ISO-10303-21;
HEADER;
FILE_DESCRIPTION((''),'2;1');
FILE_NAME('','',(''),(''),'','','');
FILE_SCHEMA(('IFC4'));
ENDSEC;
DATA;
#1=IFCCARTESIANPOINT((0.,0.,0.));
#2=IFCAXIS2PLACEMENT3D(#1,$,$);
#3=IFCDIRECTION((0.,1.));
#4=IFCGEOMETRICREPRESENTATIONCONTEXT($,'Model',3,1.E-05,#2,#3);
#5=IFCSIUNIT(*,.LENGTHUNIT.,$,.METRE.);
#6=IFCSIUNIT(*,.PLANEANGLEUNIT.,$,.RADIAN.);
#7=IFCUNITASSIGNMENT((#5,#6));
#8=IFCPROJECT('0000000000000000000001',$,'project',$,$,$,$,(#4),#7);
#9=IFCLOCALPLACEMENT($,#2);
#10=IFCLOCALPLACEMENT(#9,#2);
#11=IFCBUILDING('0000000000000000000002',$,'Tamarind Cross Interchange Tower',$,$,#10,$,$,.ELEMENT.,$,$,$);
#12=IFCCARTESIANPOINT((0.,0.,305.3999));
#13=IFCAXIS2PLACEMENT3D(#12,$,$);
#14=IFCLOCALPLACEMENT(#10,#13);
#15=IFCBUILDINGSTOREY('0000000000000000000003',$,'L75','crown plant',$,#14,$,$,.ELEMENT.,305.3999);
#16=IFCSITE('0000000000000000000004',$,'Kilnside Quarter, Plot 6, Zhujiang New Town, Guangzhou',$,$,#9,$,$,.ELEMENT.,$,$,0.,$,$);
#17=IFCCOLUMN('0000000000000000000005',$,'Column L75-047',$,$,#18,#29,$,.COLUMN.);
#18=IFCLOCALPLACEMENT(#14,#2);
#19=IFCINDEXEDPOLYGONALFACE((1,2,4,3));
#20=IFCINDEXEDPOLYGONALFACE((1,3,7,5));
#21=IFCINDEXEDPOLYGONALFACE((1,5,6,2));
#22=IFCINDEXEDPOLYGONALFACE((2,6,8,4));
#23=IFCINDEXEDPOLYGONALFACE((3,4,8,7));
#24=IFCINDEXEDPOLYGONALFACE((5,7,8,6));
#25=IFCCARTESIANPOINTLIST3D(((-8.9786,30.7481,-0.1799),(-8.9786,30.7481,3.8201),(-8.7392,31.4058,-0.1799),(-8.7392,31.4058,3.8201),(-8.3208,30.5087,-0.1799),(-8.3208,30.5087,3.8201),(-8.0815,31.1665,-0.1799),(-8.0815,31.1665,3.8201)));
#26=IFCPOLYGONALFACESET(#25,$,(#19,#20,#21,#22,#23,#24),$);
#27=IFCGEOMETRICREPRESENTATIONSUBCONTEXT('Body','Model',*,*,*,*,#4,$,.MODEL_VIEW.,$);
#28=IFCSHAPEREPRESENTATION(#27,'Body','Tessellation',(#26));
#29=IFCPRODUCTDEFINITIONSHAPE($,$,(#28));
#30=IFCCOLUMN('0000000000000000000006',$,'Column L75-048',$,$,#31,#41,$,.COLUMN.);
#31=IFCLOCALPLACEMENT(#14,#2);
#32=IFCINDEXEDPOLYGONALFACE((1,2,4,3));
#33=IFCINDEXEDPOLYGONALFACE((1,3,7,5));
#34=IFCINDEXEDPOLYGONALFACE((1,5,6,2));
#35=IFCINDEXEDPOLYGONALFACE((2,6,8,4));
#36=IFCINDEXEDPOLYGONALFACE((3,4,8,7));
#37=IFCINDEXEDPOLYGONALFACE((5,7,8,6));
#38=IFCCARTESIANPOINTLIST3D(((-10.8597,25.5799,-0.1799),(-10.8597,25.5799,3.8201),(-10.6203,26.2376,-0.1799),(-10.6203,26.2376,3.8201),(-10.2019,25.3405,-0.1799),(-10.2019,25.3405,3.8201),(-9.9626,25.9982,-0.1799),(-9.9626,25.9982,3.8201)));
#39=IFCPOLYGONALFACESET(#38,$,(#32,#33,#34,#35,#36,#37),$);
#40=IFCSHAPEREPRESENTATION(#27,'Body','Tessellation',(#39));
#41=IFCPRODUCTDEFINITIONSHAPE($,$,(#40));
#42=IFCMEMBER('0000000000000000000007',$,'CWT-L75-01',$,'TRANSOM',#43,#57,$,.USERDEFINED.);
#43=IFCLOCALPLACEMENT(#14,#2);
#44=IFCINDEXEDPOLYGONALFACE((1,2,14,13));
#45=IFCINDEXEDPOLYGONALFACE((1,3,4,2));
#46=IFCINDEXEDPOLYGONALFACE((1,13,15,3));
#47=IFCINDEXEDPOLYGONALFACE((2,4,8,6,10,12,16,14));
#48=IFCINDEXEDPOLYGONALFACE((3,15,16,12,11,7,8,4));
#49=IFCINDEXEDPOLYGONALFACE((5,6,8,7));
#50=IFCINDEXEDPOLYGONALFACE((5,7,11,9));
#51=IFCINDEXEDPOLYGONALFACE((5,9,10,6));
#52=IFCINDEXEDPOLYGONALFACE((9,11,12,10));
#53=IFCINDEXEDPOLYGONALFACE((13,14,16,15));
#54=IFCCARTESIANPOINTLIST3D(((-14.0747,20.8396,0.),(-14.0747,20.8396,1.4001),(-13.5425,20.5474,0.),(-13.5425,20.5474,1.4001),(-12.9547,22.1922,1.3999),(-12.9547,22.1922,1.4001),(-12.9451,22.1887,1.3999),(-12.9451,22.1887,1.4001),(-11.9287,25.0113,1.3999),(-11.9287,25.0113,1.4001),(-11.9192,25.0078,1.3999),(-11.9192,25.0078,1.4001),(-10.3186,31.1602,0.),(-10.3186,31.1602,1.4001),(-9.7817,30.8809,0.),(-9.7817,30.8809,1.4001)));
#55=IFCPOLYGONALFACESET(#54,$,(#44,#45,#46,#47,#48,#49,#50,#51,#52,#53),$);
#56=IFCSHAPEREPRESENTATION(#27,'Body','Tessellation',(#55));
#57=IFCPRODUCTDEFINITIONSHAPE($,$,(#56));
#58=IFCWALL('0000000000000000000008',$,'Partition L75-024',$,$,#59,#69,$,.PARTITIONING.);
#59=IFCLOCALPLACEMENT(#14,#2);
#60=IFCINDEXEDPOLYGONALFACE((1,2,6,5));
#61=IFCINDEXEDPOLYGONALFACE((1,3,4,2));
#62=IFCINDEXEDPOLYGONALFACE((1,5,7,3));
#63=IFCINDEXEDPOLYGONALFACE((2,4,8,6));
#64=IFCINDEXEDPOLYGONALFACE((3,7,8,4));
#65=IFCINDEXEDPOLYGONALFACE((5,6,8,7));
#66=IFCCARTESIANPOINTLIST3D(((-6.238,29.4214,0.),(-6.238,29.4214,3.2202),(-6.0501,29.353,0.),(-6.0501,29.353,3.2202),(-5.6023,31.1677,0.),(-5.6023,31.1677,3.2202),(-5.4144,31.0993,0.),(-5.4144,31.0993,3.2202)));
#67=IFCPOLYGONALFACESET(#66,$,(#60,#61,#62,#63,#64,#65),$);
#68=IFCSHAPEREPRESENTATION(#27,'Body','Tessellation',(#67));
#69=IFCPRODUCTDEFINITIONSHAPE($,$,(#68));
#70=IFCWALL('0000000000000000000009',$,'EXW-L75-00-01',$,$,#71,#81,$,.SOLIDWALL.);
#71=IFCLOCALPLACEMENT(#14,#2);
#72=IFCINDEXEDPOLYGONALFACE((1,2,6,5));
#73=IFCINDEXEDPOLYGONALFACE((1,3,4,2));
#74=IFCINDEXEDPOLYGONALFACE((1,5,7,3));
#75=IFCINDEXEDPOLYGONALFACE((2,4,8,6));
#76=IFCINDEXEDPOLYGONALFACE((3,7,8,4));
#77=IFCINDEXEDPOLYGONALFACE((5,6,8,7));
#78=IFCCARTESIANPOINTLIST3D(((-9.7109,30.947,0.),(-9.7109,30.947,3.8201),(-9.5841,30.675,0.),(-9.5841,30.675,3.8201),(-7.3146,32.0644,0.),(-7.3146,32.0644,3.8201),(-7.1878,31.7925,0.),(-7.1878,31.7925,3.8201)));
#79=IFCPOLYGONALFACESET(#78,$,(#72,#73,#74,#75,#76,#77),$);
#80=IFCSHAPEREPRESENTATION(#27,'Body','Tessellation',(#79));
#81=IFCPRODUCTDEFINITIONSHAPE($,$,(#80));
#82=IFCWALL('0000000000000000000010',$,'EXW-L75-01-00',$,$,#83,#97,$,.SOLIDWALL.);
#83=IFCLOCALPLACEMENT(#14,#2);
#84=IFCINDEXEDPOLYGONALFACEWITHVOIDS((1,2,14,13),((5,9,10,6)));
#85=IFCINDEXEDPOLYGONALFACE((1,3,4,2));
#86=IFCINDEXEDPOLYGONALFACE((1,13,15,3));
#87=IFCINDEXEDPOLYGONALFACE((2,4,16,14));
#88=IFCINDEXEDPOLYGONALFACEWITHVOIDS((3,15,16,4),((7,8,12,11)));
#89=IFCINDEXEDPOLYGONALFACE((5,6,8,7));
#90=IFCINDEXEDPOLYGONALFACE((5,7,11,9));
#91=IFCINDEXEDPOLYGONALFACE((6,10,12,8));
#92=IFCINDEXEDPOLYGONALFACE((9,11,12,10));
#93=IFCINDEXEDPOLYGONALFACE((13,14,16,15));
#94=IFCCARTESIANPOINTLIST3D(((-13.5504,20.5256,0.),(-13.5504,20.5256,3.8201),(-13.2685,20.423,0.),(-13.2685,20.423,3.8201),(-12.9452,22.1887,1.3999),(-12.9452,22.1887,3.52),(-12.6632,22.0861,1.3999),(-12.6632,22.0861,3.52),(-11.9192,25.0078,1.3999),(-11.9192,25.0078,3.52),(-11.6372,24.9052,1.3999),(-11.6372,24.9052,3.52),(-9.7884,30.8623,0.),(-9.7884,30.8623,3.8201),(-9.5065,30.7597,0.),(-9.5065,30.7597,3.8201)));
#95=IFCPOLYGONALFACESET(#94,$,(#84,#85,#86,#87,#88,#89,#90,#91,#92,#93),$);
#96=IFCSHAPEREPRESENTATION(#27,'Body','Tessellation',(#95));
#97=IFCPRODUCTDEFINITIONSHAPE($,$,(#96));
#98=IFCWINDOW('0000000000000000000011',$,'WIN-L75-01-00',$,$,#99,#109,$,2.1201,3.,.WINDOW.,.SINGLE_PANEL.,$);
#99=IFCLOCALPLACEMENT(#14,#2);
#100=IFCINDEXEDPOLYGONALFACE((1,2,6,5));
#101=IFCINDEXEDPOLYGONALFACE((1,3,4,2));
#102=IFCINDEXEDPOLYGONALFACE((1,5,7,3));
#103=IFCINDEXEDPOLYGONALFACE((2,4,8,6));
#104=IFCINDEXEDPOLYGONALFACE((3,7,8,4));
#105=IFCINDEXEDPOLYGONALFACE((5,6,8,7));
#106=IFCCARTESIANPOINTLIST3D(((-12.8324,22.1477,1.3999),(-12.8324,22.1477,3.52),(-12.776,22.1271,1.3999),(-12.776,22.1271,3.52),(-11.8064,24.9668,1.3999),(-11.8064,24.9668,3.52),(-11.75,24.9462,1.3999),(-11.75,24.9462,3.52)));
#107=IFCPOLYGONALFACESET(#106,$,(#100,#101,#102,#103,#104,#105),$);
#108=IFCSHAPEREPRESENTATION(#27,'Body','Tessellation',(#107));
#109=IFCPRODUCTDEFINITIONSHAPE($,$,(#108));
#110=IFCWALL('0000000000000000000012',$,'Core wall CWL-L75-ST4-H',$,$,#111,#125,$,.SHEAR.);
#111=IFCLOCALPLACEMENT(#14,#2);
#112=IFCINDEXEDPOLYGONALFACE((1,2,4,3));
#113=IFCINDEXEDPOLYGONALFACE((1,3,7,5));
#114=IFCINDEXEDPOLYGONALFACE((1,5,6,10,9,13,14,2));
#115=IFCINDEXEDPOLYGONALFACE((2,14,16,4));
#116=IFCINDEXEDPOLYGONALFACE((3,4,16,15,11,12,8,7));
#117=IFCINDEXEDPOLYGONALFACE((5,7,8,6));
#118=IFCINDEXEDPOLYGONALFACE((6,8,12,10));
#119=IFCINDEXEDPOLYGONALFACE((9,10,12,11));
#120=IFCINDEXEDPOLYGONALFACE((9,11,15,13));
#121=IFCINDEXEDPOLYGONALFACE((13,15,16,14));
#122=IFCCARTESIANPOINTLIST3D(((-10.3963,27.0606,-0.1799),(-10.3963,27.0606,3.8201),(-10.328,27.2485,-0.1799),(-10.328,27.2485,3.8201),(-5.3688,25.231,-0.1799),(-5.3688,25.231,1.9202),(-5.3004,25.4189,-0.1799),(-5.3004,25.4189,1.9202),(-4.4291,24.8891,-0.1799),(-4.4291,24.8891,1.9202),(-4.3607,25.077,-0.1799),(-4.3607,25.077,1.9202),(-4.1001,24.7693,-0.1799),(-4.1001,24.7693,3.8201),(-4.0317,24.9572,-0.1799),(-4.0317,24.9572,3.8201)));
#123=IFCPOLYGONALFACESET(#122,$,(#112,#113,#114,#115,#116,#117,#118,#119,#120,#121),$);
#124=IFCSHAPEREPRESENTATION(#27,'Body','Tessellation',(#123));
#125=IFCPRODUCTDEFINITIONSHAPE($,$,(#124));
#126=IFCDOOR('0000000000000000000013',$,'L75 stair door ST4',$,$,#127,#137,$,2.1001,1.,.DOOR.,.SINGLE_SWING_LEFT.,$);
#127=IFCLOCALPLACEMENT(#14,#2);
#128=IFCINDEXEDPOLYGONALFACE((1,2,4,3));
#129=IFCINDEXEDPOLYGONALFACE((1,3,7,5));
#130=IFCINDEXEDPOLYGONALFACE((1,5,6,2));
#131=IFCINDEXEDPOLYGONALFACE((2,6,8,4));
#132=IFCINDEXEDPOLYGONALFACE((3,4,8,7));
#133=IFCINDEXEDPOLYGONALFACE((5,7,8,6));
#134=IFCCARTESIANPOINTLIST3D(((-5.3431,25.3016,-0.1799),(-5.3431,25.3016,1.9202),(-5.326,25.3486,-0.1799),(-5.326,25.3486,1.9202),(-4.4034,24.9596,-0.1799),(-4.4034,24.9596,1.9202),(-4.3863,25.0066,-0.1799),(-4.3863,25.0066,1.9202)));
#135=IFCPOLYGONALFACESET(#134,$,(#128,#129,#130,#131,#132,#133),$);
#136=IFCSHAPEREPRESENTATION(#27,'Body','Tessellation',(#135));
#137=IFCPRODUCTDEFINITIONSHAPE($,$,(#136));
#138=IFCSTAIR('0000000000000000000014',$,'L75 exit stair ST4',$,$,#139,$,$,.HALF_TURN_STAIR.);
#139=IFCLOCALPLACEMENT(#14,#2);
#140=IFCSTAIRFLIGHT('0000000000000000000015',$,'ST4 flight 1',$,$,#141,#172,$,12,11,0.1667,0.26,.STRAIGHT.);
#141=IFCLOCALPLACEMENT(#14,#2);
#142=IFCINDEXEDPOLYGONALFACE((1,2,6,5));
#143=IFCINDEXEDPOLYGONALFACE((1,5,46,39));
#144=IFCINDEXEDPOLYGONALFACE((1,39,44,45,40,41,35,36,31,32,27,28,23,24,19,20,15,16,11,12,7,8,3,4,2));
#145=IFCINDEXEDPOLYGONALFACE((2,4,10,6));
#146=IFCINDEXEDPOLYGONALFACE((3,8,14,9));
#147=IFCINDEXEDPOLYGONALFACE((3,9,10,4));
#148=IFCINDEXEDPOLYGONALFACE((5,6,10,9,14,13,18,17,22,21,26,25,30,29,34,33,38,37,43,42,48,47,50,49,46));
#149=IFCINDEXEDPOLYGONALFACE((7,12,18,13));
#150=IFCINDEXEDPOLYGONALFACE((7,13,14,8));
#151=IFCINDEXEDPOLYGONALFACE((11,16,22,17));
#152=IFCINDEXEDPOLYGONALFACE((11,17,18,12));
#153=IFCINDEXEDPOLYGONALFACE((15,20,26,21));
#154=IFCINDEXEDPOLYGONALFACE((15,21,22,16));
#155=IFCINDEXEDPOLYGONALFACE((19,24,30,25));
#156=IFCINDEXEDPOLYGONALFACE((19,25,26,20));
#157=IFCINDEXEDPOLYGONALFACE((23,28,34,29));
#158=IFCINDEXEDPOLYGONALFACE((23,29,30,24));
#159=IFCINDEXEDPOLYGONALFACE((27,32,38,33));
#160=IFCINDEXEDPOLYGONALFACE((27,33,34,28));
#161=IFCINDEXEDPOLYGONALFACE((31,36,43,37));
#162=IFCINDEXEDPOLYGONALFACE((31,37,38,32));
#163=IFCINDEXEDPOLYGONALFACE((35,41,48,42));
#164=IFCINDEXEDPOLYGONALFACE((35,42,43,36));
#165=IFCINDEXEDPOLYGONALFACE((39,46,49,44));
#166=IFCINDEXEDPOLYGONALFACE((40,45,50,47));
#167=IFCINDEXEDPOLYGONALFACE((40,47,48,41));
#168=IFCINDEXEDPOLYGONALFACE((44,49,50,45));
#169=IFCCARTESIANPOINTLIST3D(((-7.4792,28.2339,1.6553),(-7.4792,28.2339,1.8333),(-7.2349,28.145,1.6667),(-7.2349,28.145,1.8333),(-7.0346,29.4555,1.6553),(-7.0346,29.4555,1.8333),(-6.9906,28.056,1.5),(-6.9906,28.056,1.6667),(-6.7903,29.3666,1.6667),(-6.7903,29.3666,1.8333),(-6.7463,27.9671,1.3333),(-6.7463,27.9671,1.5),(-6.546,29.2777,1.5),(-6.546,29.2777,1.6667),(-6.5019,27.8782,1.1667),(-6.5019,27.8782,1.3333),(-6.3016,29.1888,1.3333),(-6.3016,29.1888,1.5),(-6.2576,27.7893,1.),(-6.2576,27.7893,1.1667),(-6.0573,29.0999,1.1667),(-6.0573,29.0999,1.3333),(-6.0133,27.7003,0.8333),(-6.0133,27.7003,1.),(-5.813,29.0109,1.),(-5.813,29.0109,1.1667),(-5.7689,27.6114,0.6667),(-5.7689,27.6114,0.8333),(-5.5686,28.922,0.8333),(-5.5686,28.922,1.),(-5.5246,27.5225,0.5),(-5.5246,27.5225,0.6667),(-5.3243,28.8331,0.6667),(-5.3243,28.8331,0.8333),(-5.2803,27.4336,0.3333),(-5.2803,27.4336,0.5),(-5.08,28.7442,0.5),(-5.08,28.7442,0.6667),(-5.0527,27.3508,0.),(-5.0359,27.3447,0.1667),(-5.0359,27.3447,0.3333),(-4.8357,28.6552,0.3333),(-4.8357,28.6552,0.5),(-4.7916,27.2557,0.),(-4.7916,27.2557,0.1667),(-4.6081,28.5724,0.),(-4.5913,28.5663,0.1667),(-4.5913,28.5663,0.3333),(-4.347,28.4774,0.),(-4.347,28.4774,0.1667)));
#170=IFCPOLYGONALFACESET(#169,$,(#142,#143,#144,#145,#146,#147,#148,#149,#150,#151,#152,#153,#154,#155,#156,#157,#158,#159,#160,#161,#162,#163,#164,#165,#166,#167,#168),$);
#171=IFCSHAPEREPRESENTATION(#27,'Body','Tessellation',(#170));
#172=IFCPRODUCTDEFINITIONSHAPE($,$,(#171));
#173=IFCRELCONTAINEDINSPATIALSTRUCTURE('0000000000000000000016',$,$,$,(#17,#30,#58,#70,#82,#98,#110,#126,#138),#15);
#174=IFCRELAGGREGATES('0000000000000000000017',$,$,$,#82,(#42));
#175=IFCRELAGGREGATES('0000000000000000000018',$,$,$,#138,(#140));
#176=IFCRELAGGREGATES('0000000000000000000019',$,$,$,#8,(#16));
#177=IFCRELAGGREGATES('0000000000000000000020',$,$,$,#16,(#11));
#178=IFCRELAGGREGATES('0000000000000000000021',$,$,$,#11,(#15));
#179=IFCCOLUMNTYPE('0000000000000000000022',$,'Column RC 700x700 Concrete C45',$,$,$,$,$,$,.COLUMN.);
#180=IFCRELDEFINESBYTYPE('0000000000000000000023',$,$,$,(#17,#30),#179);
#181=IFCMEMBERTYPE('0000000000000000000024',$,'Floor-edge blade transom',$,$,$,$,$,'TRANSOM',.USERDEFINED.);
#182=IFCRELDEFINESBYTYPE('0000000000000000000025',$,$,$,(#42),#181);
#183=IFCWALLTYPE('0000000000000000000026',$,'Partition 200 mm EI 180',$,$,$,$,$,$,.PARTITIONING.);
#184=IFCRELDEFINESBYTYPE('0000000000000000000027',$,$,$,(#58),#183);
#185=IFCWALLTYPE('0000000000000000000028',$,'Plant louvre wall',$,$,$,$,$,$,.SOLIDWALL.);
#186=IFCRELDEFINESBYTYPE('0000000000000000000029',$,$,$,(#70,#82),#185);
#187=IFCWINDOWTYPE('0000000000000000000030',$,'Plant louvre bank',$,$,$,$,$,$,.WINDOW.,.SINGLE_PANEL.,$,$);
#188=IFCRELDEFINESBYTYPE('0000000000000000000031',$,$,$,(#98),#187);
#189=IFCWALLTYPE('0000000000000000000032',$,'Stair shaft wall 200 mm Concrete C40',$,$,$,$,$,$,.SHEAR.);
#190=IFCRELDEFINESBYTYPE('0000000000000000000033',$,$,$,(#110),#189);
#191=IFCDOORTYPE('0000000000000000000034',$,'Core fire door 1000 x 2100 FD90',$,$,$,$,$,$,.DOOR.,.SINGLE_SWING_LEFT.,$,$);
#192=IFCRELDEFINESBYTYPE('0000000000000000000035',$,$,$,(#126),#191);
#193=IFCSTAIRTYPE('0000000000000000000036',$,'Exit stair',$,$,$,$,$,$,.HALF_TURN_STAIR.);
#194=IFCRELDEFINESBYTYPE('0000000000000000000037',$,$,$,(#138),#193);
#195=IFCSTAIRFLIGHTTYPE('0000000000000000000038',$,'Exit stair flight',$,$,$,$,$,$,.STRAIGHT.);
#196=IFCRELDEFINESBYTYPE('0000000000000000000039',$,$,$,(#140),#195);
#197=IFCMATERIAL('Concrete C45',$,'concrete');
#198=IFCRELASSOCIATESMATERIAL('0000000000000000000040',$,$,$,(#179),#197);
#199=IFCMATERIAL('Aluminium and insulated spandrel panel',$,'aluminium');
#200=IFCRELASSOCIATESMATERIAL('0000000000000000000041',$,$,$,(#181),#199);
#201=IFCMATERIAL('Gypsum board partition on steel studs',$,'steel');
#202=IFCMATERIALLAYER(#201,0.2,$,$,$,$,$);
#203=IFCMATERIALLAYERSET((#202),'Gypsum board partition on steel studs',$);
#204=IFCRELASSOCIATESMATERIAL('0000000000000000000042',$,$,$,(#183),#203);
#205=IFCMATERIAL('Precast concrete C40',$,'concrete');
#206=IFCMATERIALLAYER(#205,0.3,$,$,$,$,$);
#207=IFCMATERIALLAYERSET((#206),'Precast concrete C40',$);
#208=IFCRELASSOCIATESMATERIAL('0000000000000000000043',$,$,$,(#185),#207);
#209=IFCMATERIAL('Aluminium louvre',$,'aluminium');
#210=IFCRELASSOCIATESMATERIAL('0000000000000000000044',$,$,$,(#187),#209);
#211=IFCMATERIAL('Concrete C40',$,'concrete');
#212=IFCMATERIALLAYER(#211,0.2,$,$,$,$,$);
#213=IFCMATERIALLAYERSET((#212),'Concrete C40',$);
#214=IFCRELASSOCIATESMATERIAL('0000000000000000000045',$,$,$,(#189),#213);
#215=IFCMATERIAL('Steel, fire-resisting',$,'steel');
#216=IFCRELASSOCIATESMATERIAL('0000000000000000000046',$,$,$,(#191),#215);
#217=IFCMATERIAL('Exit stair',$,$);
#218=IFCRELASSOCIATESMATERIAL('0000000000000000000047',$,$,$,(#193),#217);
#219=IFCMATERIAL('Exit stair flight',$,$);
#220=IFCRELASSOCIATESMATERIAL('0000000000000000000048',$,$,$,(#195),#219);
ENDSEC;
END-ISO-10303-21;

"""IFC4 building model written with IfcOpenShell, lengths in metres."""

from ifc_helpers import new_model, si_unit, direction, frame, frame_2d, origin, origin_2d, place, context, subcontext, project, spatial, polyline, rectangle, outline, extrude, material, layer, layer_set, material_profile, profile_set, type_object, element, fill, aggregate, save


model = new_model("IFC4")

# Units and contexts
model_context = context("Model", 3, precision=1e-05, world=origin(), true_north=direction((0.0, 1.0)))
body_context = subcontext(model_context, "Body", "Model", "MODEL_VIEW")
ifc_project = project(units=[si_unit("LENGTHUNIT", "METRE"), si_unit("PLANEANGLEUNIT", "RADIAN")], contexts=[model_context])

# Site, building, storey
site_placement = place(None, origin())
site = spatial("IfcSite", under=ifc_project, at=site_placement, Name="Kilnside Quarter, Plot 6, Zhujiang New Town, Guangzhou", CompositionType="ELEMENT", RefElevation=0.0)
building_placement = place(site_placement, origin())
building = spatial("IfcBuilding", under=site, at=building_placement, Name="Tamarind Cross Interchange Tower", CompositionType="ELEMENT")
storey_placement = place(building_placement, frame((0.0, 0.0, 305.3999)))
storey = spatial("IfcBuildingStorey", under=building, at=storey_placement, Name="L75", Description="crown plant", CompositionType="ELEMENT", Elevation=305.3999)

# Columns
ifc_material_1 = material(Name="Concrete C45", Category="concrete")
ifc_material_profile = material_profile(ifc_material_1, rectangle(XDim=0.7, YDim=0.7, at=origin_2d()), Name="RC 700x700")
ifc_profile_set = profile_set([ifc_material_profile], Name="Concrete C45")
column_type = type_object("IfcColumnType", Name="Column RC 700x700 Concrete C45", PredefinedType="COLUMN", material=ifc_profile_set)
for number, where, z_axis, x_axis, name in (
    (1, (-8.53, 30.9573, -0.1799), (0.0, 0.0, 1.0), (0.341994, 0.939702, 0.0), "Column L75-047"),
    (2, (-10.4111, 25.7891, -0.1799), (0.0, 0.0, 1.0), (0.341994, 0.939702, 0.0), "Column L75-048"),
):
    element("IfcColumn", number, at=place(storey_placement, frame(where, z_axis=z_axis, x_axis=x_axis)), inside=storey, type_object=column_type, Name=name, PredefinedType="COLUMN", context=body_context, shape_type="SweptSolid", body=[
        extrude(rectangle(XDim=0.7, YDim=0.7, at=origin_2d()), origin(), (0.0, 0.0, 1.0), 4.0),
    ])

# Member
ifc_material_2 = material(Name="Aluminium and insulated spandrel panel", Category="aluminium")
member_type = type_object("IfcMemberType", Name="Floor-edge blade transom", ElementType="TRANSOM", PredefinedType="USERDEFINED", material=ifc_material_2)
member_placement = place(storey_placement, origin())
member = element("IfcMember", 3, at=member_placement, type_object=member_type, Name="CWT-L75-01", ObjectType="TRANSOM", PredefinedType="USERDEFINED", context=body_context, shape_type="SweptSolid", body=[
    extrude(outline(polyline([(-9.7817, 30.8809), (-13.5425, 20.5474), (-14.0747, 20.8396), (-10.3186, 31.1602), (-9.7817, 30.8809)])), origin(), (0.0, 0.0, 1.0), 1.4001),
])

# Walls
ifc_material_3 = material(Name="Gypsum board partition on steel studs", Category="steel")
ifc_layer_1 = layer(ifc_material_3, 0.2)
ifc_layer_set_1 = layer_set([ifc_layer_1], Name="Gypsum board partition on steel studs")
wall_type_1 = type_object("IfcWallType", Name="Partition 200 mm EI 180", PredefinedType="PARTITIONING", material=ifc_layer_set_1)
wall_1_placement = place(storey_placement, frame((-6.144, 29.3872, 0.0), z_axis=(0.0, 0.0, 1.0), x_axis=(0.342081, 0.939671, 0.0)))
element("IfcWall", 4, at=wall_1_placement, inside=storey, type_object=wall_type_1, Name="Partition L75-024", PredefinedType="PARTITIONING", context=body_context, shape_type="SweptSolid", body=[
    extrude(rectangle(XDim=1.8584, YDim=0.2, at=frame_2d((0.9292, 0.0))), origin(), (0.0, 0.0, 1.0), 3.2202),
])
ifc_material_4 = material(Name="Precast concrete C40", Category="concrete")
ifc_layer_2 = layer(ifc_material_4, 0.3)
ifc_layer_set_2 = layer_set([ifc_layer_2], Name="Precast concrete C40")
wall_type_2 = type_object("IfcWallType", Name="Plant louvre wall", PredefinedType="SOLIDWALL", material=ifc_layer_set_2)
wall_2_placement = place(storey_placement, frame((-7.2512, 31.9285, 0.0), z_axis=(0.0, 0.0, 1.0), x_axis=(-0.906301, -0.422633, 0.0)))
element("IfcWall", 5, at=wall_2_placement, inside=storey, type_object=wall_type_2, Name="EXW-L75-00-01", PredefinedType="SOLIDWALL", context=body_context, shape_type="SweptSolid", body=[
    extrude(rectangle(XDim=2.644, YDim=0.3, at=frame_2d((1.322, 0.0))), origin(), (0.0, 0.0, 1.0), 3.8201),
])

# Wall, opening, window
wall_3_placement = place(storey_placement, frame((-9.6475, 30.811, 0.0), z_axis=(0.0, 0.0, 1.0), x_axis=(-0.341998, -0.939701, 0.0)))
wall_3 = element("IfcWall", 6, at=wall_3_placement, inside=storey, type_object=wall_type_2, Name="EXW-L75-01-00", PredefinedType="SOLIDWALL", context=body_context, shape_type="SweptSolid", body=[
    extrude(rectangle(XDim=11.0, YDim=0.3, at=frame_2d((5.5, 0.0))), origin(), (0.0, 0.0, 1.0), 3.8201),
])
opening_1_placement = place(wall_3_placement, frame((6.2302, 0.0, 1.3999)))
opening_1 = element("IfcOpeningElement", 7, at=opening_1_placement, cuts=wall_3, PredefinedType="OPENING", context=body_context, shape_type="SweptSolid", body=[
    extrude(rectangle(XDim=3.0, YDim=2.1201, at=frame_2d((1.5, 1.0601))), frame((0.0, 0.1599, 0.0), z_axis=(0.0, -1.0, 0.0), x_axis=(1.0, 0.0, 0.0)), (0.0, 0.0, 1.0), 0.3201),
])
ifc_material_5 = material(Name="Aluminium louvre", Category="aluminium")
window_type = type_object("IfcWindowType", Name="Plant louvre bank", PartitioningType="SINGLE_PANEL", PredefinedType="WINDOW", material=ifc_material_5)
window_placement = place(opening_1_placement, origin())
window = element("IfcWindow", 8, at=window_placement, inside=storey, type_object=window_type, Name="WIN-L75-01-00", OverallHeight=2.1201, OverallWidth=3.0, PartitioningType="SINGLE_PANEL", PredefinedType="WINDOW", context=body_context, shape_type="SweptSolid", body=[
    extrude(rectangle(XDim=3.0, YDim=2.1201, at=frame_2d((1.5, 1.0601))), frame((0.0, 0.03, 0.0), z_axis=(0.0, -1.0, 0.0), x_axis=(1.0, 0.0, 0.0)), (0.0, 0.0, 1.0), 0.0601),
])
fill(opening_1, window)
aggregate(wall_3, [member])

# Wall, opening, door
ifc_material_6 = material(Name="Concrete C40", Category="concrete")
ifc_layer_3 = layer(ifc_material_6, 0.2)
ifc_layer_set_3 = layer_set([ifc_layer_3], Name="Concrete C40")
wall_type_3 = type_object("IfcWallType", Name="Stair shaft wall 200 mm Concrete C40", PredefinedType="SHEAR", material=ifc_layer_set_3)
wall_4_placement = place(storey_placement, frame((-4.0659, 24.8633, -0.1799), z_axis=(0.0, 0.0, 1.0), x_axis=(-0.939709, 0.341974, 0.0)))
wall_4 = element("IfcWall", 9, at=wall_4_placement, inside=storey, type_object=wall_type_3, Name="Core wall CWL-L75-ST4-H", PredefinedType="SHEAR", context=body_context, shape_type="SweptSolid", body=[
    extrude(rectangle(XDim=6.7002, YDim=0.2, at=frame_2d((3.3501, 0.0))), origin(), (0.0, 0.0, 1.0), 4.0),
])
opening_2_placement = place(wall_4_placement, frame((0.3501, 0.0, 0.0)))
opening_2 = element("IfcOpeningElement", 10, at=opening_2_placement, cuts=wall_4, PredefinedType="OPENING", context=body_context, shape_type="SweptSolid", body=[
    extrude(rectangle(XDim=1.0, YDim=2.1001, at=frame_2d((0.5, 1.05))), frame((0.0, 0.1099, 0.0), z_axis=(0.0, -1.0, 0.0), x_axis=(1.0, 0.0, 0.0)), (0.0, 0.0, 1.0), 0.22),
])
ifc_material_7 = material(Name="Steel, fire-resisting", Category="steel")
door_type = type_object("IfcDoorType", Name="Core fire door 1000 x 2100 FD90", OperationType="SINGLE_SWING_LEFT", PredefinedType="DOOR", material=ifc_material_7)
door_placement = place(opening_2_placement, origin())
door = element("IfcDoor", 11, at=door_placement, inside=storey, type_object=door_type, Name="L75 stair door ST4", OperationType="SINGLE_SWING_LEFT", OverallHeight=2.1001, OverallWidth=1.0, PredefinedType="DOOR", context=body_context, shape_type="SweptSolid", body=[
    extrude(rectangle(XDim=1.0, YDim=2.1001, at=frame_2d((0.5, 1.05))), frame((0.0, 0.0249, 0.0), z_axis=(0.0, -1.0, 0.0), x_axis=(1.0, 0.0, 0.0)), (0.0, 0.0, 1.0), 0.05),
])
fill(opening_2, door)

# Stair, stair flight
ifc_material_8 = material(Name="Exit stair")
stair_type = type_object("IfcStairType", Name="Exit stair", PredefinedType="HALF_TURN_STAIR", material=ifc_material_8)
stair_placement = place(storey_placement, origin())
stair = element("IfcStair", 12, at=stair_placement, inside=storey, type_object=stair_type, Name="L75 exit stair ST4", PredefinedType="HALF_TURN_STAIR")
ifc_material_9 = material(Name="Exit stair flight")
stair_flight_type = type_object("IfcStairFlightType", Name="Exit stair flight", PredefinedType="STRAIGHT", material=ifc_material_9)
stair_flight_1_placement = place(storey_placement, frame((-4.5693, 27.8665, 0.0), z_axis=(0.0, 0.0, 1.0), x_axis=(-0.939702, 0.341994, 0.0)))
stair_flight_1 = element("IfcStairFlight", 13, at=stair_flight_1_placement, type_object=stair_flight_type, Name="ST4 flight 1", NumberOfRisers=12, NumberOfTreads=11, PredefinedType="STRAIGHT", RiserHeight=0.1667, TreadLength=0.26, context=body_context, shape_type="SweptSolid", body=[
    extrude(outline(polyline([(0.0, 0.0), (0.0, 0.1667), (0.26, 0.1667), (0.26, 0.3333), (0.52, 0.3333), (0.52, 0.5), (0.78, 0.5), (0.78, 0.6667), (1.04, 0.6667), (1.04, 0.8333), (1.3, 0.8333), (1.3, 1.0), (1.5601, 1.0), (1.5601, 1.1667), (1.8201, 1.1667), (1.8201, 1.3333), (2.0801, 1.3333), (2.0801, 1.5), (2.3401, 1.5), (2.3401, 1.6667), (2.6001, 1.6667), (2.6001, 1.8333), (2.8601, 1.8333), (2.8601, 2.0), (2.8601, 1.6553), (0.2778, 0.0), (0.0, 0.0)])), frame((0.0, 0.6499, 0.0), z_axis=(0.0, -1.0, 0.0), x_axis=(1.0, 0.0, 0.0)), (0.0, 0.0, 1.0), 1.3),
])
aggregate(stair, [stair_flight_1])

save(model, "model.ifc")
